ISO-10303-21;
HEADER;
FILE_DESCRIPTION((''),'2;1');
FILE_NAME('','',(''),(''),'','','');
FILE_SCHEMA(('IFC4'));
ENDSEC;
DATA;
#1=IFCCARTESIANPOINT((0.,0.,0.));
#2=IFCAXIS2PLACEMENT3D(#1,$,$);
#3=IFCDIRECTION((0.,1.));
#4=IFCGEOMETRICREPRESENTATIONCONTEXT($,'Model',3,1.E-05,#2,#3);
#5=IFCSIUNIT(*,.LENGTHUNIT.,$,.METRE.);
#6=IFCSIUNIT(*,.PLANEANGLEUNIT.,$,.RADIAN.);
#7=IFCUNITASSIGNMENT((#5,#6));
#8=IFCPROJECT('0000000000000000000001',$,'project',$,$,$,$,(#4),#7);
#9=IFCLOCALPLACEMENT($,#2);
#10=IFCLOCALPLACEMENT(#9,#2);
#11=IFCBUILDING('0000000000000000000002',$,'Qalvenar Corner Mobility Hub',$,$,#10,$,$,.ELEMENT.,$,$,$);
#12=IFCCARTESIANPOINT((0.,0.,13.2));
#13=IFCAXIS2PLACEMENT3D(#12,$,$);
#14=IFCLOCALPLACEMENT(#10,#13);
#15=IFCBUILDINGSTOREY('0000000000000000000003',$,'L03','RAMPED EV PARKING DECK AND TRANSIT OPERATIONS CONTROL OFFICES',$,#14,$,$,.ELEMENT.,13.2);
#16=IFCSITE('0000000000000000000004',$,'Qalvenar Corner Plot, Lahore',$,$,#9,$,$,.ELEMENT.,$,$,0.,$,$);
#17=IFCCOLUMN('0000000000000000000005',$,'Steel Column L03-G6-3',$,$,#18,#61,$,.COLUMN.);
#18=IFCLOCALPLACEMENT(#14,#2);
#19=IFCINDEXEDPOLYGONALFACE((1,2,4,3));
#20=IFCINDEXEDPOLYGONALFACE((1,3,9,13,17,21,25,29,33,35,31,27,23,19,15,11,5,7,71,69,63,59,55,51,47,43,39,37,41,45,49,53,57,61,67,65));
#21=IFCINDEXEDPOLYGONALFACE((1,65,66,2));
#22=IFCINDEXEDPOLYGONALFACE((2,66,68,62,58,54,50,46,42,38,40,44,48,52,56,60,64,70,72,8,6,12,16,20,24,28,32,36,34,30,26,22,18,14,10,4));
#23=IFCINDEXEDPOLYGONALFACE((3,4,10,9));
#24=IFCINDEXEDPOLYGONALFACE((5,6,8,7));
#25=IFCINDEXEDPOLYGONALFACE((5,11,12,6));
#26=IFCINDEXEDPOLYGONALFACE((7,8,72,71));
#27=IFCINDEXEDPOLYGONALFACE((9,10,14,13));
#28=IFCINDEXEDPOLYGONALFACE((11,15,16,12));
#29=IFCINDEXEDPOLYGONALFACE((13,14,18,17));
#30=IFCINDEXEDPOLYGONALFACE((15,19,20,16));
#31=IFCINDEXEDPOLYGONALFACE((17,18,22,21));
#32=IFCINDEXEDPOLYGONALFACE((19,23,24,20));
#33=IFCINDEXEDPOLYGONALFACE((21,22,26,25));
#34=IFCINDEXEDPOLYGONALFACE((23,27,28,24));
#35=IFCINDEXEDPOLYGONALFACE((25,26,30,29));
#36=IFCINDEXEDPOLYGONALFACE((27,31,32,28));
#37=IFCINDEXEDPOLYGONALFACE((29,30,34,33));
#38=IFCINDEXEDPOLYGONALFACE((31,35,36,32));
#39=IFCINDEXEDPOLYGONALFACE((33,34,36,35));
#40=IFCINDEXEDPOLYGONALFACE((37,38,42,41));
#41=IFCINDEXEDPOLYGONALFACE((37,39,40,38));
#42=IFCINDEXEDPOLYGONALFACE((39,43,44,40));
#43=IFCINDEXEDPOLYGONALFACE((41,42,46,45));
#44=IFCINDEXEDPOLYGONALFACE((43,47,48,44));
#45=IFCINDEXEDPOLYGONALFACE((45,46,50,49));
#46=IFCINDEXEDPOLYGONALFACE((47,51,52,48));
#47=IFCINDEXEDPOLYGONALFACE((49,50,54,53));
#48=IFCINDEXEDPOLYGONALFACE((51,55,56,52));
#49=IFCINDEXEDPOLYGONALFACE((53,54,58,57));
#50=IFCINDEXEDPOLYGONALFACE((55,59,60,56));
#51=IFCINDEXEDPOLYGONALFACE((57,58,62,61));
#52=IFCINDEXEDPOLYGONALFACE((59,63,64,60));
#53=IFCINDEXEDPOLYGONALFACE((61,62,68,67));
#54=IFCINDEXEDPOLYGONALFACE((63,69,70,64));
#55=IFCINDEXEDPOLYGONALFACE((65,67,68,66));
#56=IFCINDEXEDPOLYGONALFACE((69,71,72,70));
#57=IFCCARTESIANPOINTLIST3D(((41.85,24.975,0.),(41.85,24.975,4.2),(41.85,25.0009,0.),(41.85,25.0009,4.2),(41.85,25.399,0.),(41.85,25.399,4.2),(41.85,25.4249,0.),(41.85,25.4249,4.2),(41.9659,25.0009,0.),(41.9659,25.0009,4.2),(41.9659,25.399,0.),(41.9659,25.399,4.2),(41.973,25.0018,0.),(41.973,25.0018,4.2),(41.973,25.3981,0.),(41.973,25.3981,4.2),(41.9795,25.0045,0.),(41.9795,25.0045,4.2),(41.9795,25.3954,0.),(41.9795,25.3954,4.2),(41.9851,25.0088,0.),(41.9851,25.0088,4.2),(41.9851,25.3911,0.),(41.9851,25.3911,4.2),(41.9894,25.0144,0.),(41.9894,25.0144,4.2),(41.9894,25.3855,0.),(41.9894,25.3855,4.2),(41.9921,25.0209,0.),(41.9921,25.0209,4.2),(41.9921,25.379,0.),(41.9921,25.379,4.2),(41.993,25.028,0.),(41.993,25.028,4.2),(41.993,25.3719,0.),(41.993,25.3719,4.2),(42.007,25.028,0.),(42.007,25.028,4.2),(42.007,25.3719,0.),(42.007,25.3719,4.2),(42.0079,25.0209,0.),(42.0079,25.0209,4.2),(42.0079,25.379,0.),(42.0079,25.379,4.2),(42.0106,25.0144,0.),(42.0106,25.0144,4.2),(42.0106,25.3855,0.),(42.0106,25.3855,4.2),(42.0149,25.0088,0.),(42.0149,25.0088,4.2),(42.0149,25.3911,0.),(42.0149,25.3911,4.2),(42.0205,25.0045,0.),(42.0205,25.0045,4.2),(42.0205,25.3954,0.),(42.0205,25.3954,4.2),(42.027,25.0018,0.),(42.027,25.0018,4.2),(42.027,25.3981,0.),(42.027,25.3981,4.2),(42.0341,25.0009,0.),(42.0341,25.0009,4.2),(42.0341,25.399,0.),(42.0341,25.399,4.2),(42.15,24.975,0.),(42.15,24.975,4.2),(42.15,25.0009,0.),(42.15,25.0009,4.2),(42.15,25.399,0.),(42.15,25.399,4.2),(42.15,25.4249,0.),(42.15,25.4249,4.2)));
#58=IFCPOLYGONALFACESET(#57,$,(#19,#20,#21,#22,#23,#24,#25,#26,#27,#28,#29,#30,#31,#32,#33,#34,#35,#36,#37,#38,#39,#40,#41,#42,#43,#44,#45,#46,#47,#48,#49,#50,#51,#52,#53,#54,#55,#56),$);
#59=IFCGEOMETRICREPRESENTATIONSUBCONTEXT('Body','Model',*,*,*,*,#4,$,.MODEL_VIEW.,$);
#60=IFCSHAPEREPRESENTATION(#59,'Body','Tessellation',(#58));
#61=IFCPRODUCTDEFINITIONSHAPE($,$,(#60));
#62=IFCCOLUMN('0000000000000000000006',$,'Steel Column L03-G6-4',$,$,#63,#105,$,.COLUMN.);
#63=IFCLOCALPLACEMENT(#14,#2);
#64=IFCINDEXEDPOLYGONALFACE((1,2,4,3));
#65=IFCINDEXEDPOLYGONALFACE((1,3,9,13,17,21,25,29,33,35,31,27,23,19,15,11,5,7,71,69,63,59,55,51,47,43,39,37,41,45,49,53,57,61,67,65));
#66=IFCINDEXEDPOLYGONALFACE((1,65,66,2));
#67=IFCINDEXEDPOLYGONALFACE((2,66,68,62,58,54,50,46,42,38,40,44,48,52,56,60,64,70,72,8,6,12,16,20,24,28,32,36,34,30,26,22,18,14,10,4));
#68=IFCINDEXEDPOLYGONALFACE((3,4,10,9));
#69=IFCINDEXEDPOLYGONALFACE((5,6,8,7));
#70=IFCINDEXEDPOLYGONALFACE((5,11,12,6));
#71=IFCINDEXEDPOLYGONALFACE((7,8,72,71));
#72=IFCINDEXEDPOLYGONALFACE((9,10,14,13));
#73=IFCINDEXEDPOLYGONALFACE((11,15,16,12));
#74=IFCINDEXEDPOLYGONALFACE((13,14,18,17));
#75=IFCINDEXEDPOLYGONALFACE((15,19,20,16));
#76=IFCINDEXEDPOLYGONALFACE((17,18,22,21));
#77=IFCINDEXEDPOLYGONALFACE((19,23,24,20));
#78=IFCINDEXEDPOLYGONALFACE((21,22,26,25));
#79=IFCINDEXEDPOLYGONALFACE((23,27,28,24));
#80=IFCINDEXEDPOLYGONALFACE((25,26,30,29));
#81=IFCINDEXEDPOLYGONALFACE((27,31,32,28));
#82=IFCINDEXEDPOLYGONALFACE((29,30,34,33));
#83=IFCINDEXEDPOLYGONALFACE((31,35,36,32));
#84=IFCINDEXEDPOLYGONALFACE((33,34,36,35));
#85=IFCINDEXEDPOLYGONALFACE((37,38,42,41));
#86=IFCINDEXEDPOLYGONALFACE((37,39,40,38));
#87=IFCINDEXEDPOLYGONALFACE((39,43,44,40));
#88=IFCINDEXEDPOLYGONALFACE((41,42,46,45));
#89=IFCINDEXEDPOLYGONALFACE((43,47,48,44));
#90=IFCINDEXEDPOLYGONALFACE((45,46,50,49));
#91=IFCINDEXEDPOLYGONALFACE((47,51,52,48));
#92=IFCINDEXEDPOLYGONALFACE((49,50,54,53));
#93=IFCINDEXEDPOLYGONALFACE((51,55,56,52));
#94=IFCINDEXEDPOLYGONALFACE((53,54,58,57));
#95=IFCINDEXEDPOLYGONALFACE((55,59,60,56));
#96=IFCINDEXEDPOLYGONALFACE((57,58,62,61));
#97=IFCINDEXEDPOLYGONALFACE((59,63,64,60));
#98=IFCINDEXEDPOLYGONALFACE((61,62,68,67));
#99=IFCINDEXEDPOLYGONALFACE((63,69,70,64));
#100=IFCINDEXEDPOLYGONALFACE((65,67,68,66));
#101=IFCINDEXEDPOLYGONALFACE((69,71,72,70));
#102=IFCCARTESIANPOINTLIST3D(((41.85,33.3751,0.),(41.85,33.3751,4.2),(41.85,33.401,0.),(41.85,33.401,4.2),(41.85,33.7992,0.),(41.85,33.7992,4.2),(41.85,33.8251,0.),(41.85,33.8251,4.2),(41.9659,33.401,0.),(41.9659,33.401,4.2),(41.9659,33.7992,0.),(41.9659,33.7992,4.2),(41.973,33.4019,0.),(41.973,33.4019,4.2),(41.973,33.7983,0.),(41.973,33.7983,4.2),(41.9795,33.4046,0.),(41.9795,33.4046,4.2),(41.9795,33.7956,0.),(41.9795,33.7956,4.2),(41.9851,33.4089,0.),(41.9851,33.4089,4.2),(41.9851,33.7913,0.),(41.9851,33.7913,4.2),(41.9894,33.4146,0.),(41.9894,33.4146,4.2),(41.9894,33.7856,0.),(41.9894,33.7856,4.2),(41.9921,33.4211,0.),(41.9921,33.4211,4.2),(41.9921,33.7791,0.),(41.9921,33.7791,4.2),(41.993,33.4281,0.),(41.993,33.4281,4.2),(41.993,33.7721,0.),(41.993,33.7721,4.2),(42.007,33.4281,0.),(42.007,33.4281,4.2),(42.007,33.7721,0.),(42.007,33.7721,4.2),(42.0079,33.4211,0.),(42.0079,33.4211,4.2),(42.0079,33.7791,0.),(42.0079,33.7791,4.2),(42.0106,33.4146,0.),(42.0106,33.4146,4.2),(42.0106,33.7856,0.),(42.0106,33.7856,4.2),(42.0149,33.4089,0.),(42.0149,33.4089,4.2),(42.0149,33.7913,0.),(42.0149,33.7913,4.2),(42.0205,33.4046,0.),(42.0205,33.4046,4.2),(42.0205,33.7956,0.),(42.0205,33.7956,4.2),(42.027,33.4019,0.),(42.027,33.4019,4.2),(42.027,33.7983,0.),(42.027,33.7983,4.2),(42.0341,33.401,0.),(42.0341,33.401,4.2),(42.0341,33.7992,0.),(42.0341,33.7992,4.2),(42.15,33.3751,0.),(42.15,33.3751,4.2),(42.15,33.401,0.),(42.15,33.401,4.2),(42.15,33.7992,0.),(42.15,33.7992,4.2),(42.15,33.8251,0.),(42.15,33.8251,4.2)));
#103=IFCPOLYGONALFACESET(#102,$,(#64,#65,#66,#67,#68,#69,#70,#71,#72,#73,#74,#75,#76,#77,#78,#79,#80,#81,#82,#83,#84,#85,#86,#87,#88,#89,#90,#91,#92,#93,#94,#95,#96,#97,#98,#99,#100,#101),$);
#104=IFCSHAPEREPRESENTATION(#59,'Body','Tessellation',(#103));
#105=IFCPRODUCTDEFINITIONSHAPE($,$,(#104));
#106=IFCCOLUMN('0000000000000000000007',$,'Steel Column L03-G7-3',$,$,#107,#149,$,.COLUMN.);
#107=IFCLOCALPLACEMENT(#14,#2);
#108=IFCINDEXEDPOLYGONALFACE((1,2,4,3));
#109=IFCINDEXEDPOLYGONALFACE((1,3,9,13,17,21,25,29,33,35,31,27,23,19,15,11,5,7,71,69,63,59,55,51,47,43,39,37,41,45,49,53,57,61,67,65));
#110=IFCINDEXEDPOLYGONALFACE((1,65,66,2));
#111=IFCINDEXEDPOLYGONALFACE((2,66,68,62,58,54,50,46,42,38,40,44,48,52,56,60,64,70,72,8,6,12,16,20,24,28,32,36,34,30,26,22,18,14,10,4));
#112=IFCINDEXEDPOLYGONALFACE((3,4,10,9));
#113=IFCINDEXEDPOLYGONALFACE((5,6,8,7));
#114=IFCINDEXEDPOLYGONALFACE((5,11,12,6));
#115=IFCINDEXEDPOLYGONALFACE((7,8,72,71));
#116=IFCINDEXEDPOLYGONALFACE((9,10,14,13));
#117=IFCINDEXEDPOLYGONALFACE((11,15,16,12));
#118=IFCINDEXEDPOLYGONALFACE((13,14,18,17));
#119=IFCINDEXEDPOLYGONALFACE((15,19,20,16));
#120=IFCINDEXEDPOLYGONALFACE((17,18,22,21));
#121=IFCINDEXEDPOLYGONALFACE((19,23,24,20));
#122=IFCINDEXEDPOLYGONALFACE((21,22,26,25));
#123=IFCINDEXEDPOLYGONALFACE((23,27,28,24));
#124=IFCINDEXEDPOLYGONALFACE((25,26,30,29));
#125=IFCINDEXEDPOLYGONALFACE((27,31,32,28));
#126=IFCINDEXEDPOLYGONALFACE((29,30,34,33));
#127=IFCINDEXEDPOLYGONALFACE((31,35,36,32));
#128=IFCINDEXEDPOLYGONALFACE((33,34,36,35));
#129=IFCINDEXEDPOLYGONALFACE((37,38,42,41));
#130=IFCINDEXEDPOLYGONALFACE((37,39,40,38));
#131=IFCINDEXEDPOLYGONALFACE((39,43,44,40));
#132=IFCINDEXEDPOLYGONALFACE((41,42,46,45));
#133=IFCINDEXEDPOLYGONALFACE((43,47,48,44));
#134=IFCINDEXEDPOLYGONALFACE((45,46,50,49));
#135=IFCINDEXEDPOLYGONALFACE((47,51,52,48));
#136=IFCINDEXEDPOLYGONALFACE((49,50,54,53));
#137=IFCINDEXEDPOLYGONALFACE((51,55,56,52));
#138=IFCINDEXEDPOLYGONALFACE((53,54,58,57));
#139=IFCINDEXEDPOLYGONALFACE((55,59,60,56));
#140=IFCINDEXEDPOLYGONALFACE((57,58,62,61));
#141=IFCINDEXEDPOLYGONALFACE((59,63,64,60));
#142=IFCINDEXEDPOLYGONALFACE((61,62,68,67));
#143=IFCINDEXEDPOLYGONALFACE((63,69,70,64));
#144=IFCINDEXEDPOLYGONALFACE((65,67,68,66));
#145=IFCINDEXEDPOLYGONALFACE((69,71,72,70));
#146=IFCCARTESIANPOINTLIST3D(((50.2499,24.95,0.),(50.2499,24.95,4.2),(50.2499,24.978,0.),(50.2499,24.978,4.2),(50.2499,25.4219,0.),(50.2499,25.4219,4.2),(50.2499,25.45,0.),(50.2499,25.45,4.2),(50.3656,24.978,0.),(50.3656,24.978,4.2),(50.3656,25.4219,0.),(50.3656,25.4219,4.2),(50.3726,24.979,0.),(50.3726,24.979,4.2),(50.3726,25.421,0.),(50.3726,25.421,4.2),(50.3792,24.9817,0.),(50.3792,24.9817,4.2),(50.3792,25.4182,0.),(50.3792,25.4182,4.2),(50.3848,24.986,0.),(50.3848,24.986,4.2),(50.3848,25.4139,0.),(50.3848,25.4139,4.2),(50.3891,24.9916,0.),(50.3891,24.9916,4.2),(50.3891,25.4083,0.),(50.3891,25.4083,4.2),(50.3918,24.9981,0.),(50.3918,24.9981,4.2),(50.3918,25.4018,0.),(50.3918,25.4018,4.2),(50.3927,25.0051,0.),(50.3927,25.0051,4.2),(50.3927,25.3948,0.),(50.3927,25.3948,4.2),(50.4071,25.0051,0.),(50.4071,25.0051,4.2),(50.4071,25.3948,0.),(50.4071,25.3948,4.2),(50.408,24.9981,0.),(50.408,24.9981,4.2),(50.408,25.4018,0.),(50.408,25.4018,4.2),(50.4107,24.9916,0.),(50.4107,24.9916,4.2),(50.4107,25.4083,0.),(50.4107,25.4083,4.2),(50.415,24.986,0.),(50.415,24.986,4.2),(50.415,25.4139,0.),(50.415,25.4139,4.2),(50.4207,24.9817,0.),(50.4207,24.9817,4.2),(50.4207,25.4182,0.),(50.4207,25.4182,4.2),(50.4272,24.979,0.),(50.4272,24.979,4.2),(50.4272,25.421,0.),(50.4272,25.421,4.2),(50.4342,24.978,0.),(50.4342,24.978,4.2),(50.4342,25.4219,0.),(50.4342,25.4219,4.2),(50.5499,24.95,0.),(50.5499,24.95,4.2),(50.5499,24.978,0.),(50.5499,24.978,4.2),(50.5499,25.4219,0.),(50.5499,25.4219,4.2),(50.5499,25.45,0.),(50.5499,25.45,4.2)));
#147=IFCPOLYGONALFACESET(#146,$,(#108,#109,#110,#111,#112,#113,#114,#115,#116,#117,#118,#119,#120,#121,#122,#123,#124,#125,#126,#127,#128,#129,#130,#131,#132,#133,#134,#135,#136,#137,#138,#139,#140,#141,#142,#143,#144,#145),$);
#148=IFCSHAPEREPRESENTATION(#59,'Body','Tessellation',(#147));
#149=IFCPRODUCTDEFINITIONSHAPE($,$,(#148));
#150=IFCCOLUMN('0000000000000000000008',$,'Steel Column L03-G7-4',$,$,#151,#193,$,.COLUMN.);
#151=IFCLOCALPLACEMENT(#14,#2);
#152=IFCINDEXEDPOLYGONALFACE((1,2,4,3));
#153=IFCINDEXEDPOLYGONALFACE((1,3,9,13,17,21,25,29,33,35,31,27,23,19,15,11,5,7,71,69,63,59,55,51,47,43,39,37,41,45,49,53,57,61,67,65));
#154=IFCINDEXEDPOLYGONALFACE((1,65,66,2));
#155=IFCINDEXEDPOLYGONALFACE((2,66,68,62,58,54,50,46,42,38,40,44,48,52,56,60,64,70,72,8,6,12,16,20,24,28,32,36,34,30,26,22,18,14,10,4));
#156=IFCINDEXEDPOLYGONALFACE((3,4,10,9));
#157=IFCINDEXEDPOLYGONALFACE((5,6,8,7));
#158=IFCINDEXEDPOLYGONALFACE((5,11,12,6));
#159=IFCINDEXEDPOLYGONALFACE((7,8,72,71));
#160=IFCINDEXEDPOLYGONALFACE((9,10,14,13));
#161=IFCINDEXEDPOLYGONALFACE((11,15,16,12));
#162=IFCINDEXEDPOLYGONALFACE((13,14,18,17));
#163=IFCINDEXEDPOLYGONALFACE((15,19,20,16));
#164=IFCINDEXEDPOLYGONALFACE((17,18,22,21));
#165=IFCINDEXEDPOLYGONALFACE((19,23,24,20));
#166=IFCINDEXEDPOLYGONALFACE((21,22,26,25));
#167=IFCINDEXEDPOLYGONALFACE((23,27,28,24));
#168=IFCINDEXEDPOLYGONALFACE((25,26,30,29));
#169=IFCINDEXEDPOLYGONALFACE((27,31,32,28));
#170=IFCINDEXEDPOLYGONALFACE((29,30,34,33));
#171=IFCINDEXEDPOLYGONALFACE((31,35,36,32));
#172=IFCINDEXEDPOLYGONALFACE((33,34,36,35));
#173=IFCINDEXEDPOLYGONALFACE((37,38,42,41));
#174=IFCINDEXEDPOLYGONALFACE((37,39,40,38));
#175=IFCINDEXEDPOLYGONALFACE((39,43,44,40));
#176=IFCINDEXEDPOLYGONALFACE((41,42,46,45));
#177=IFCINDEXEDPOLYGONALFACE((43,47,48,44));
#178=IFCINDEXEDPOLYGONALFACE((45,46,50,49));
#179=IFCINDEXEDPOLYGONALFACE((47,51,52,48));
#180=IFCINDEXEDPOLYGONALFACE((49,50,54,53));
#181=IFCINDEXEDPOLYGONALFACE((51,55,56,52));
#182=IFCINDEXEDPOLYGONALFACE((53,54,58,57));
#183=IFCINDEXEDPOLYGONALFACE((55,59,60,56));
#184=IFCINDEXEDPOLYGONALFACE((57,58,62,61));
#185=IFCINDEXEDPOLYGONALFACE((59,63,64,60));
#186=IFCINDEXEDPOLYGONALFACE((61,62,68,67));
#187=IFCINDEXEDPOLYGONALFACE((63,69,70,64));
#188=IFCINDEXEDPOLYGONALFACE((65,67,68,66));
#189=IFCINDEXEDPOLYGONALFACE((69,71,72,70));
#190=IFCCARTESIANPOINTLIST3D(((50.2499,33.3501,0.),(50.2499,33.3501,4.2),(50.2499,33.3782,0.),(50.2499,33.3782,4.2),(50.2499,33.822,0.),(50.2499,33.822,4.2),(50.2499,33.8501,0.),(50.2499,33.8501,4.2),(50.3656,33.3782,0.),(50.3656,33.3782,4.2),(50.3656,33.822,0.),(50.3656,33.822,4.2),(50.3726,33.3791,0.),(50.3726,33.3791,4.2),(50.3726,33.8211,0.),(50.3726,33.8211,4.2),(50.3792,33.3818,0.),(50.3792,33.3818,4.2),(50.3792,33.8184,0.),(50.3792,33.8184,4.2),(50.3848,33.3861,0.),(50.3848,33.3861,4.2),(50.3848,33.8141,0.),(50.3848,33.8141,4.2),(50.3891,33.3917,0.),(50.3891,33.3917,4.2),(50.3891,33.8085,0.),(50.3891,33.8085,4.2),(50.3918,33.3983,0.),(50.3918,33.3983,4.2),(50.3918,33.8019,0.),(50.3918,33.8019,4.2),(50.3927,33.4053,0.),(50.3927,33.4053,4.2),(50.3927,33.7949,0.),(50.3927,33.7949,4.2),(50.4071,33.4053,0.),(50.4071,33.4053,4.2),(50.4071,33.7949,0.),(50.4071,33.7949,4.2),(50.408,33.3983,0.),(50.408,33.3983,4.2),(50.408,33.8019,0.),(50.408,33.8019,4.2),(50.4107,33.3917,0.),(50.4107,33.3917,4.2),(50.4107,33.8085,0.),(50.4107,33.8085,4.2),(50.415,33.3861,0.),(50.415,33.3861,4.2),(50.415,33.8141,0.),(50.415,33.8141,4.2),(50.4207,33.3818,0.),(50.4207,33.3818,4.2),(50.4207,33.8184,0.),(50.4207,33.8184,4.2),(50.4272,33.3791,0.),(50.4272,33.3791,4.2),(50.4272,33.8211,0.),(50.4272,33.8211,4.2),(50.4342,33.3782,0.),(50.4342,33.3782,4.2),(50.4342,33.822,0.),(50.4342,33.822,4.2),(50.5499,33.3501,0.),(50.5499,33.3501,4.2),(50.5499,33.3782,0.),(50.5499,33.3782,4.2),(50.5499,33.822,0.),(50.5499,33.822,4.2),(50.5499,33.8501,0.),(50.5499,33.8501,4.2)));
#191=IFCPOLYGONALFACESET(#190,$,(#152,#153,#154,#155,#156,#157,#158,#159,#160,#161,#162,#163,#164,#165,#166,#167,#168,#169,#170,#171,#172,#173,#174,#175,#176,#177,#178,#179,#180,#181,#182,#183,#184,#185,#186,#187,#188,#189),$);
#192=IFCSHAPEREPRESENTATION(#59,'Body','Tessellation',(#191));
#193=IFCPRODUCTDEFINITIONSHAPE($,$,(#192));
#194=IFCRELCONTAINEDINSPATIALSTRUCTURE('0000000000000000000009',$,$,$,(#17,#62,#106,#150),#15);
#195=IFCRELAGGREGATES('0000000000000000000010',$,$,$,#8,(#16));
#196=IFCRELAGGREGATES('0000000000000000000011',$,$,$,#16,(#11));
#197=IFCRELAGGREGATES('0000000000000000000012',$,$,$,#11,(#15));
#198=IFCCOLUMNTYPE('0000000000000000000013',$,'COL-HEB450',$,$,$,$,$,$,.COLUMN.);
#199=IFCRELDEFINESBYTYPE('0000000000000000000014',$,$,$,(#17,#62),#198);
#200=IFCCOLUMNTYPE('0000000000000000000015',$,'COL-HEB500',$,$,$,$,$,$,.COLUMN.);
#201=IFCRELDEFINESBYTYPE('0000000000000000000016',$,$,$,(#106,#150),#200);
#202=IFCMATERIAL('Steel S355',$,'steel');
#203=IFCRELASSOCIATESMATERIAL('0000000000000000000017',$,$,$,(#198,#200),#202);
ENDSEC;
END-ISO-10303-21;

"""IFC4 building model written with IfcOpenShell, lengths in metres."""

from ifc_helpers import new_model, si_unit, direction, frame, origin, origin_2d, place, context, subcontext, project, spatial, i_section, extrude, material, material_profile, profile_set, type_object, element, save


model = new_model("IFC4")

# Units and contexts
model_context = context("Model", 3, precision=1e-05, world=origin(), true_north=direction((0.0, 1.0)))
body_context = subcontext(model_context, "Body", "Model", "MODEL_VIEW")
ifc_project = project(units=[si_unit("LENGTHUNIT", "METRE"), si_unit("PLANEANGLEUNIT", "RADIAN")], contexts=[model_context])

# Site, building, storey
site_placement = place(None, origin())
site = spatial("IfcSite", under=ifc_project, at=site_placement, Name="Qalvenar Corner Plot, Lahore", CompositionType="ELEMENT", RefElevation=0.0)
building_placement = place(site_placement, origin())
building = spatial("IfcBuilding", under=site, at=building_placement, Name="Qalvenar Corner Mobility Hub", CompositionType="ELEMENT")
storey_placement = place(building_placement, frame((0.0, 0.0, 13.2)))
storey = spatial("IfcBuildingStorey", under=building, at=storey_placement, Name="L03", Description="RAMPED EV PARKING DECK AND TRANSIT OPERATIONS CONTROL OFFICES", CompositionType="ELEMENT", Elevation=13.2)

# Columns
ifc_material_1 = material(Name="Steel S355", Category="steel")
ifc_material_profile_1 = material_profile(ifc_material_1, i_section(OverallWidth=0.3, OverallDepth=0.45, WebThickness=0.0139, FlangeThickness=0.0259, FilletRadius=0.0271, at=origin_2d()), Name="HEB450")
ifc_profile_set_1 = profile_set([ifc_material_profile_1], Name="Steel S355")
column_type_1 = type_object("IfcColumnType", Name="COL-HEB450", PredefinedType="COLUMN", material=ifc_profile_set_1)
for number, where, z_axis, x_axis, name in (
    (1, (42.0, 25.2, 0.0), (0.0, 0.0, 1.0), (1.0, 0.0, 0.0), "Steel Column L03-G6-3"),
    (2, (42.0, 33.6001, 0.0), (0.0, 0.0, 1.0), (1.0, 0.0, 0.0), "Steel Column L03-G6-4"),
):
    element("IfcColumn", number, at=place(storey_placement, frame(where, z_axis=z_axis, x_axis=x_axis)), inside=storey, type_object=column_type_1, Name=name, PredefinedType="COLUMN", context=body_context, shape_type="SweptSolid", body=[
        extrude(i_section(OverallWidth=0.3, OverallDepth=0.45, WebThickness=0.0139, FlangeThickness=0.0259, FilletRadius=0.0271, at=origin_2d()), origin(), (0.0, 0.0, 1.0), 4.2),
    ])
ifc_material_profile_2 = material_profile(ifc_material_1, i_section(OverallWidth=0.3, OverallDepth=0.5, WebThickness=0.0144, FlangeThickness=0.0281, FilletRadius=0.0271, at=origin_2d()), Name="HEB500")
ifc_profile_set_2 = profile_set([ifc_material_profile_2], Name="Steel S355")
column_type_2 = type_object("IfcColumnType", Name="COL-HEB500", PredefinedType="COLUMN", material=ifc_profile_set_2)
for number, where, z_axis, x_axis, name in (
    (3, (50.3999, 25.2, 0.0), (0.0, 0.0, 1.0), (1.0, 0.0, 0.0), "Steel Column L03-G7-3"),
    (4, (50.3999, 33.6001, 0.0), (0.0, 0.0, 1.0), (1.0, 0.0, 0.0), "Steel Column L03-G7-4"),
):
    element("IfcColumn", number, at=place(storey_placement, frame(where, z_axis=z_axis, x_axis=x_axis)), inside=storey, type_object=column_type_2, Name=name, PredefinedType="COLUMN", context=body_context, shape_type="SweptSolid", body=[
        extrude(i_section(OverallWidth=0.3, OverallDepth=0.5, WebThickness=0.0144, FlangeThickness=0.0281, FilletRadius=0.0271, at=origin_2d()), origin(), (0.0, 0.0, 1.0), 4.2),
    ])

save(model, "model.ifc")
